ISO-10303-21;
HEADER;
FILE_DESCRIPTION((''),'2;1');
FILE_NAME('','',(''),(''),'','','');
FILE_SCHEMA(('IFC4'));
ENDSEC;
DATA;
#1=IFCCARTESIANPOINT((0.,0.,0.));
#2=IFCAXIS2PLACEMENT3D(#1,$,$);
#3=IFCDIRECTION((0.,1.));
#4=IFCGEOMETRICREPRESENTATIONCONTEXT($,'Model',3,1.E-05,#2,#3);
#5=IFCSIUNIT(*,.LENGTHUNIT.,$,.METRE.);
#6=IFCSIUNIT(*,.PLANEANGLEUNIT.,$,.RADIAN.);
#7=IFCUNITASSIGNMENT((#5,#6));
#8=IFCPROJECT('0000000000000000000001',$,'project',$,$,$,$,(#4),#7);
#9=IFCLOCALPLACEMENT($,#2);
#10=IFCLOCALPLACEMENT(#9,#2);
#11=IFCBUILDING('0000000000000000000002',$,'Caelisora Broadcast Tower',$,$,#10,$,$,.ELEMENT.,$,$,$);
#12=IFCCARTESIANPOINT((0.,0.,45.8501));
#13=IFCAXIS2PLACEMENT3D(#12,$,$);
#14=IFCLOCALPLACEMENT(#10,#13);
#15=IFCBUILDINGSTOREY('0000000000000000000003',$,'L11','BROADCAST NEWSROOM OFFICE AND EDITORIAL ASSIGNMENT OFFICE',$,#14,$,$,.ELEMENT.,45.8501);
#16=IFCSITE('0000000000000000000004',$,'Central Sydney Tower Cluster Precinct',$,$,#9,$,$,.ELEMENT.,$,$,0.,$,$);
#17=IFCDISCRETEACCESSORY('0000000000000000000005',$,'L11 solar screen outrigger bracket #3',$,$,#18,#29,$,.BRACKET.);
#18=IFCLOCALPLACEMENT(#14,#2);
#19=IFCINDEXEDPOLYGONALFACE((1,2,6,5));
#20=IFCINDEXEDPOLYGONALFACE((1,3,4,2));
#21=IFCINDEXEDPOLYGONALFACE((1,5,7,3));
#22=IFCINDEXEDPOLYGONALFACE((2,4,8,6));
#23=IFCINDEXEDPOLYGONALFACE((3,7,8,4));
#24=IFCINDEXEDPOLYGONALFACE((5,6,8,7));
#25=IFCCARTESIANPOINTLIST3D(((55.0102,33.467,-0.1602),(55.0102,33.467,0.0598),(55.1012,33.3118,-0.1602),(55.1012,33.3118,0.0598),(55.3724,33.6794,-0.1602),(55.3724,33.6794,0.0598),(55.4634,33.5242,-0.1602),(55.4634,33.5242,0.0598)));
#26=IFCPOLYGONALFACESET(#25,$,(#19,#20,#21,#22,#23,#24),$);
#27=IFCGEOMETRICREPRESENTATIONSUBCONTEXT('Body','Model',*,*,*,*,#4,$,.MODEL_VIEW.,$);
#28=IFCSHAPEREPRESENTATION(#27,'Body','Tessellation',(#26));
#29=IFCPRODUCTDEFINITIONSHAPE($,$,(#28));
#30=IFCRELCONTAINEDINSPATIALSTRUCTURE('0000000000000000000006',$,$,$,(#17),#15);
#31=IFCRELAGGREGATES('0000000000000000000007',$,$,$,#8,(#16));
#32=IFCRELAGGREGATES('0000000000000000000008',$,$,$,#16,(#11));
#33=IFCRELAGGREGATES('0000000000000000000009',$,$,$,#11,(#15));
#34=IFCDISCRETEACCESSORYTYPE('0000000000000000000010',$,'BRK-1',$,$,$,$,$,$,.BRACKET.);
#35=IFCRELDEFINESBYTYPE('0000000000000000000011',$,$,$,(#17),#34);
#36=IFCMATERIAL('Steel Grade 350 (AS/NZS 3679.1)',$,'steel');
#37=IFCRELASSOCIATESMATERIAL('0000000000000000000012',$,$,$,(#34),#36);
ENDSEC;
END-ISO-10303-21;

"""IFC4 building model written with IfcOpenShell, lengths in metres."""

from ifc_helpers import new_model, si_unit, direction, frame, origin, origin_2d, place, context, subcontext, project, spatial, rectangle, extrude, source, transform, mapped, material, type_object, type_shapes, element, save


model = new_model("IFC4")

# Units and contexts
model_context = context("Model", 3, precision=1e-05, world=origin(), true_north=direction((0.0, 1.0)))
body_context = subcontext(model_context, "Body", "Model", "MODEL_VIEW")
ifc_project = project(units=[si_unit("LENGTHUNIT", "METRE"), si_unit("PLANEANGLEUNIT", "RADIAN")], contexts=[model_context])

# Site, building, storey
site_placement = place(None, origin())
site = spatial("IfcSite", under=ifc_project, at=site_placement, Name="Central Sydney Tower Cluster Precinct", CompositionType="ELEMENT", RefElevation=0.0)
building_placement = place(site_placement, origin())
building = spatial("IfcBuilding", under=site, at=building_placement, Name="Caelisora Broadcast Tower", CompositionType="ELEMENT")
storey_placement = place(building_placement, frame((0.0, 0.0, 45.8501)))
storey = spatial("IfcBuildingStorey", under=building, at=storey_placement, Name="L11", Description="BROADCAST NEWSROOM OFFICE AND EDITORIAL ASSIGNMENT OFFICE", CompositionType="ELEMENT", Elevation=45.8501)

# Shared definitions
ifc_material_1 = material(Name="Steel Grade 350 (AS/NZS 3679.1)", Category="steel")

# Discrete accessory
discrete_accessory_type = type_object("IfcDiscreteAccessoryType", Name="BRK-1", PredefinedType="BRACKET", material=ifc_material_1)
shared_shape_1 = source(origin(), body_context, "Body", "SweptSolid", [
    extrude(rectangle(XDim=0.1799, YDim=0.4199, at=origin_2d()), origin(), (0.0, 0.0, 1.0), 0.22),
])
type_shapes(discrete_accessory_type, [shared_shape_1])
discrete_accessory_placement = place(storey_placement, frame((55.2368, 33.4956, -0.1602), z_axis=(0.0, 0.0, 1.0), x_axis=(-0.505733, 0.86269, 0.0)))
element("IfcDiscreteAccessory", 1, at=discrete_accessory_placement, inside=storey, type_object=discrete_accessory_type, Name="L11 solar screen outrigger bracket #3", PredefinedType="BRACKET", context=body_context, shape_type="MappedRepresentation", body=[
    mapped(shared_shape_1, transform((0.0, 0.0, 0.0), scale=1.0)),
])

save(model, "model.ifc")
